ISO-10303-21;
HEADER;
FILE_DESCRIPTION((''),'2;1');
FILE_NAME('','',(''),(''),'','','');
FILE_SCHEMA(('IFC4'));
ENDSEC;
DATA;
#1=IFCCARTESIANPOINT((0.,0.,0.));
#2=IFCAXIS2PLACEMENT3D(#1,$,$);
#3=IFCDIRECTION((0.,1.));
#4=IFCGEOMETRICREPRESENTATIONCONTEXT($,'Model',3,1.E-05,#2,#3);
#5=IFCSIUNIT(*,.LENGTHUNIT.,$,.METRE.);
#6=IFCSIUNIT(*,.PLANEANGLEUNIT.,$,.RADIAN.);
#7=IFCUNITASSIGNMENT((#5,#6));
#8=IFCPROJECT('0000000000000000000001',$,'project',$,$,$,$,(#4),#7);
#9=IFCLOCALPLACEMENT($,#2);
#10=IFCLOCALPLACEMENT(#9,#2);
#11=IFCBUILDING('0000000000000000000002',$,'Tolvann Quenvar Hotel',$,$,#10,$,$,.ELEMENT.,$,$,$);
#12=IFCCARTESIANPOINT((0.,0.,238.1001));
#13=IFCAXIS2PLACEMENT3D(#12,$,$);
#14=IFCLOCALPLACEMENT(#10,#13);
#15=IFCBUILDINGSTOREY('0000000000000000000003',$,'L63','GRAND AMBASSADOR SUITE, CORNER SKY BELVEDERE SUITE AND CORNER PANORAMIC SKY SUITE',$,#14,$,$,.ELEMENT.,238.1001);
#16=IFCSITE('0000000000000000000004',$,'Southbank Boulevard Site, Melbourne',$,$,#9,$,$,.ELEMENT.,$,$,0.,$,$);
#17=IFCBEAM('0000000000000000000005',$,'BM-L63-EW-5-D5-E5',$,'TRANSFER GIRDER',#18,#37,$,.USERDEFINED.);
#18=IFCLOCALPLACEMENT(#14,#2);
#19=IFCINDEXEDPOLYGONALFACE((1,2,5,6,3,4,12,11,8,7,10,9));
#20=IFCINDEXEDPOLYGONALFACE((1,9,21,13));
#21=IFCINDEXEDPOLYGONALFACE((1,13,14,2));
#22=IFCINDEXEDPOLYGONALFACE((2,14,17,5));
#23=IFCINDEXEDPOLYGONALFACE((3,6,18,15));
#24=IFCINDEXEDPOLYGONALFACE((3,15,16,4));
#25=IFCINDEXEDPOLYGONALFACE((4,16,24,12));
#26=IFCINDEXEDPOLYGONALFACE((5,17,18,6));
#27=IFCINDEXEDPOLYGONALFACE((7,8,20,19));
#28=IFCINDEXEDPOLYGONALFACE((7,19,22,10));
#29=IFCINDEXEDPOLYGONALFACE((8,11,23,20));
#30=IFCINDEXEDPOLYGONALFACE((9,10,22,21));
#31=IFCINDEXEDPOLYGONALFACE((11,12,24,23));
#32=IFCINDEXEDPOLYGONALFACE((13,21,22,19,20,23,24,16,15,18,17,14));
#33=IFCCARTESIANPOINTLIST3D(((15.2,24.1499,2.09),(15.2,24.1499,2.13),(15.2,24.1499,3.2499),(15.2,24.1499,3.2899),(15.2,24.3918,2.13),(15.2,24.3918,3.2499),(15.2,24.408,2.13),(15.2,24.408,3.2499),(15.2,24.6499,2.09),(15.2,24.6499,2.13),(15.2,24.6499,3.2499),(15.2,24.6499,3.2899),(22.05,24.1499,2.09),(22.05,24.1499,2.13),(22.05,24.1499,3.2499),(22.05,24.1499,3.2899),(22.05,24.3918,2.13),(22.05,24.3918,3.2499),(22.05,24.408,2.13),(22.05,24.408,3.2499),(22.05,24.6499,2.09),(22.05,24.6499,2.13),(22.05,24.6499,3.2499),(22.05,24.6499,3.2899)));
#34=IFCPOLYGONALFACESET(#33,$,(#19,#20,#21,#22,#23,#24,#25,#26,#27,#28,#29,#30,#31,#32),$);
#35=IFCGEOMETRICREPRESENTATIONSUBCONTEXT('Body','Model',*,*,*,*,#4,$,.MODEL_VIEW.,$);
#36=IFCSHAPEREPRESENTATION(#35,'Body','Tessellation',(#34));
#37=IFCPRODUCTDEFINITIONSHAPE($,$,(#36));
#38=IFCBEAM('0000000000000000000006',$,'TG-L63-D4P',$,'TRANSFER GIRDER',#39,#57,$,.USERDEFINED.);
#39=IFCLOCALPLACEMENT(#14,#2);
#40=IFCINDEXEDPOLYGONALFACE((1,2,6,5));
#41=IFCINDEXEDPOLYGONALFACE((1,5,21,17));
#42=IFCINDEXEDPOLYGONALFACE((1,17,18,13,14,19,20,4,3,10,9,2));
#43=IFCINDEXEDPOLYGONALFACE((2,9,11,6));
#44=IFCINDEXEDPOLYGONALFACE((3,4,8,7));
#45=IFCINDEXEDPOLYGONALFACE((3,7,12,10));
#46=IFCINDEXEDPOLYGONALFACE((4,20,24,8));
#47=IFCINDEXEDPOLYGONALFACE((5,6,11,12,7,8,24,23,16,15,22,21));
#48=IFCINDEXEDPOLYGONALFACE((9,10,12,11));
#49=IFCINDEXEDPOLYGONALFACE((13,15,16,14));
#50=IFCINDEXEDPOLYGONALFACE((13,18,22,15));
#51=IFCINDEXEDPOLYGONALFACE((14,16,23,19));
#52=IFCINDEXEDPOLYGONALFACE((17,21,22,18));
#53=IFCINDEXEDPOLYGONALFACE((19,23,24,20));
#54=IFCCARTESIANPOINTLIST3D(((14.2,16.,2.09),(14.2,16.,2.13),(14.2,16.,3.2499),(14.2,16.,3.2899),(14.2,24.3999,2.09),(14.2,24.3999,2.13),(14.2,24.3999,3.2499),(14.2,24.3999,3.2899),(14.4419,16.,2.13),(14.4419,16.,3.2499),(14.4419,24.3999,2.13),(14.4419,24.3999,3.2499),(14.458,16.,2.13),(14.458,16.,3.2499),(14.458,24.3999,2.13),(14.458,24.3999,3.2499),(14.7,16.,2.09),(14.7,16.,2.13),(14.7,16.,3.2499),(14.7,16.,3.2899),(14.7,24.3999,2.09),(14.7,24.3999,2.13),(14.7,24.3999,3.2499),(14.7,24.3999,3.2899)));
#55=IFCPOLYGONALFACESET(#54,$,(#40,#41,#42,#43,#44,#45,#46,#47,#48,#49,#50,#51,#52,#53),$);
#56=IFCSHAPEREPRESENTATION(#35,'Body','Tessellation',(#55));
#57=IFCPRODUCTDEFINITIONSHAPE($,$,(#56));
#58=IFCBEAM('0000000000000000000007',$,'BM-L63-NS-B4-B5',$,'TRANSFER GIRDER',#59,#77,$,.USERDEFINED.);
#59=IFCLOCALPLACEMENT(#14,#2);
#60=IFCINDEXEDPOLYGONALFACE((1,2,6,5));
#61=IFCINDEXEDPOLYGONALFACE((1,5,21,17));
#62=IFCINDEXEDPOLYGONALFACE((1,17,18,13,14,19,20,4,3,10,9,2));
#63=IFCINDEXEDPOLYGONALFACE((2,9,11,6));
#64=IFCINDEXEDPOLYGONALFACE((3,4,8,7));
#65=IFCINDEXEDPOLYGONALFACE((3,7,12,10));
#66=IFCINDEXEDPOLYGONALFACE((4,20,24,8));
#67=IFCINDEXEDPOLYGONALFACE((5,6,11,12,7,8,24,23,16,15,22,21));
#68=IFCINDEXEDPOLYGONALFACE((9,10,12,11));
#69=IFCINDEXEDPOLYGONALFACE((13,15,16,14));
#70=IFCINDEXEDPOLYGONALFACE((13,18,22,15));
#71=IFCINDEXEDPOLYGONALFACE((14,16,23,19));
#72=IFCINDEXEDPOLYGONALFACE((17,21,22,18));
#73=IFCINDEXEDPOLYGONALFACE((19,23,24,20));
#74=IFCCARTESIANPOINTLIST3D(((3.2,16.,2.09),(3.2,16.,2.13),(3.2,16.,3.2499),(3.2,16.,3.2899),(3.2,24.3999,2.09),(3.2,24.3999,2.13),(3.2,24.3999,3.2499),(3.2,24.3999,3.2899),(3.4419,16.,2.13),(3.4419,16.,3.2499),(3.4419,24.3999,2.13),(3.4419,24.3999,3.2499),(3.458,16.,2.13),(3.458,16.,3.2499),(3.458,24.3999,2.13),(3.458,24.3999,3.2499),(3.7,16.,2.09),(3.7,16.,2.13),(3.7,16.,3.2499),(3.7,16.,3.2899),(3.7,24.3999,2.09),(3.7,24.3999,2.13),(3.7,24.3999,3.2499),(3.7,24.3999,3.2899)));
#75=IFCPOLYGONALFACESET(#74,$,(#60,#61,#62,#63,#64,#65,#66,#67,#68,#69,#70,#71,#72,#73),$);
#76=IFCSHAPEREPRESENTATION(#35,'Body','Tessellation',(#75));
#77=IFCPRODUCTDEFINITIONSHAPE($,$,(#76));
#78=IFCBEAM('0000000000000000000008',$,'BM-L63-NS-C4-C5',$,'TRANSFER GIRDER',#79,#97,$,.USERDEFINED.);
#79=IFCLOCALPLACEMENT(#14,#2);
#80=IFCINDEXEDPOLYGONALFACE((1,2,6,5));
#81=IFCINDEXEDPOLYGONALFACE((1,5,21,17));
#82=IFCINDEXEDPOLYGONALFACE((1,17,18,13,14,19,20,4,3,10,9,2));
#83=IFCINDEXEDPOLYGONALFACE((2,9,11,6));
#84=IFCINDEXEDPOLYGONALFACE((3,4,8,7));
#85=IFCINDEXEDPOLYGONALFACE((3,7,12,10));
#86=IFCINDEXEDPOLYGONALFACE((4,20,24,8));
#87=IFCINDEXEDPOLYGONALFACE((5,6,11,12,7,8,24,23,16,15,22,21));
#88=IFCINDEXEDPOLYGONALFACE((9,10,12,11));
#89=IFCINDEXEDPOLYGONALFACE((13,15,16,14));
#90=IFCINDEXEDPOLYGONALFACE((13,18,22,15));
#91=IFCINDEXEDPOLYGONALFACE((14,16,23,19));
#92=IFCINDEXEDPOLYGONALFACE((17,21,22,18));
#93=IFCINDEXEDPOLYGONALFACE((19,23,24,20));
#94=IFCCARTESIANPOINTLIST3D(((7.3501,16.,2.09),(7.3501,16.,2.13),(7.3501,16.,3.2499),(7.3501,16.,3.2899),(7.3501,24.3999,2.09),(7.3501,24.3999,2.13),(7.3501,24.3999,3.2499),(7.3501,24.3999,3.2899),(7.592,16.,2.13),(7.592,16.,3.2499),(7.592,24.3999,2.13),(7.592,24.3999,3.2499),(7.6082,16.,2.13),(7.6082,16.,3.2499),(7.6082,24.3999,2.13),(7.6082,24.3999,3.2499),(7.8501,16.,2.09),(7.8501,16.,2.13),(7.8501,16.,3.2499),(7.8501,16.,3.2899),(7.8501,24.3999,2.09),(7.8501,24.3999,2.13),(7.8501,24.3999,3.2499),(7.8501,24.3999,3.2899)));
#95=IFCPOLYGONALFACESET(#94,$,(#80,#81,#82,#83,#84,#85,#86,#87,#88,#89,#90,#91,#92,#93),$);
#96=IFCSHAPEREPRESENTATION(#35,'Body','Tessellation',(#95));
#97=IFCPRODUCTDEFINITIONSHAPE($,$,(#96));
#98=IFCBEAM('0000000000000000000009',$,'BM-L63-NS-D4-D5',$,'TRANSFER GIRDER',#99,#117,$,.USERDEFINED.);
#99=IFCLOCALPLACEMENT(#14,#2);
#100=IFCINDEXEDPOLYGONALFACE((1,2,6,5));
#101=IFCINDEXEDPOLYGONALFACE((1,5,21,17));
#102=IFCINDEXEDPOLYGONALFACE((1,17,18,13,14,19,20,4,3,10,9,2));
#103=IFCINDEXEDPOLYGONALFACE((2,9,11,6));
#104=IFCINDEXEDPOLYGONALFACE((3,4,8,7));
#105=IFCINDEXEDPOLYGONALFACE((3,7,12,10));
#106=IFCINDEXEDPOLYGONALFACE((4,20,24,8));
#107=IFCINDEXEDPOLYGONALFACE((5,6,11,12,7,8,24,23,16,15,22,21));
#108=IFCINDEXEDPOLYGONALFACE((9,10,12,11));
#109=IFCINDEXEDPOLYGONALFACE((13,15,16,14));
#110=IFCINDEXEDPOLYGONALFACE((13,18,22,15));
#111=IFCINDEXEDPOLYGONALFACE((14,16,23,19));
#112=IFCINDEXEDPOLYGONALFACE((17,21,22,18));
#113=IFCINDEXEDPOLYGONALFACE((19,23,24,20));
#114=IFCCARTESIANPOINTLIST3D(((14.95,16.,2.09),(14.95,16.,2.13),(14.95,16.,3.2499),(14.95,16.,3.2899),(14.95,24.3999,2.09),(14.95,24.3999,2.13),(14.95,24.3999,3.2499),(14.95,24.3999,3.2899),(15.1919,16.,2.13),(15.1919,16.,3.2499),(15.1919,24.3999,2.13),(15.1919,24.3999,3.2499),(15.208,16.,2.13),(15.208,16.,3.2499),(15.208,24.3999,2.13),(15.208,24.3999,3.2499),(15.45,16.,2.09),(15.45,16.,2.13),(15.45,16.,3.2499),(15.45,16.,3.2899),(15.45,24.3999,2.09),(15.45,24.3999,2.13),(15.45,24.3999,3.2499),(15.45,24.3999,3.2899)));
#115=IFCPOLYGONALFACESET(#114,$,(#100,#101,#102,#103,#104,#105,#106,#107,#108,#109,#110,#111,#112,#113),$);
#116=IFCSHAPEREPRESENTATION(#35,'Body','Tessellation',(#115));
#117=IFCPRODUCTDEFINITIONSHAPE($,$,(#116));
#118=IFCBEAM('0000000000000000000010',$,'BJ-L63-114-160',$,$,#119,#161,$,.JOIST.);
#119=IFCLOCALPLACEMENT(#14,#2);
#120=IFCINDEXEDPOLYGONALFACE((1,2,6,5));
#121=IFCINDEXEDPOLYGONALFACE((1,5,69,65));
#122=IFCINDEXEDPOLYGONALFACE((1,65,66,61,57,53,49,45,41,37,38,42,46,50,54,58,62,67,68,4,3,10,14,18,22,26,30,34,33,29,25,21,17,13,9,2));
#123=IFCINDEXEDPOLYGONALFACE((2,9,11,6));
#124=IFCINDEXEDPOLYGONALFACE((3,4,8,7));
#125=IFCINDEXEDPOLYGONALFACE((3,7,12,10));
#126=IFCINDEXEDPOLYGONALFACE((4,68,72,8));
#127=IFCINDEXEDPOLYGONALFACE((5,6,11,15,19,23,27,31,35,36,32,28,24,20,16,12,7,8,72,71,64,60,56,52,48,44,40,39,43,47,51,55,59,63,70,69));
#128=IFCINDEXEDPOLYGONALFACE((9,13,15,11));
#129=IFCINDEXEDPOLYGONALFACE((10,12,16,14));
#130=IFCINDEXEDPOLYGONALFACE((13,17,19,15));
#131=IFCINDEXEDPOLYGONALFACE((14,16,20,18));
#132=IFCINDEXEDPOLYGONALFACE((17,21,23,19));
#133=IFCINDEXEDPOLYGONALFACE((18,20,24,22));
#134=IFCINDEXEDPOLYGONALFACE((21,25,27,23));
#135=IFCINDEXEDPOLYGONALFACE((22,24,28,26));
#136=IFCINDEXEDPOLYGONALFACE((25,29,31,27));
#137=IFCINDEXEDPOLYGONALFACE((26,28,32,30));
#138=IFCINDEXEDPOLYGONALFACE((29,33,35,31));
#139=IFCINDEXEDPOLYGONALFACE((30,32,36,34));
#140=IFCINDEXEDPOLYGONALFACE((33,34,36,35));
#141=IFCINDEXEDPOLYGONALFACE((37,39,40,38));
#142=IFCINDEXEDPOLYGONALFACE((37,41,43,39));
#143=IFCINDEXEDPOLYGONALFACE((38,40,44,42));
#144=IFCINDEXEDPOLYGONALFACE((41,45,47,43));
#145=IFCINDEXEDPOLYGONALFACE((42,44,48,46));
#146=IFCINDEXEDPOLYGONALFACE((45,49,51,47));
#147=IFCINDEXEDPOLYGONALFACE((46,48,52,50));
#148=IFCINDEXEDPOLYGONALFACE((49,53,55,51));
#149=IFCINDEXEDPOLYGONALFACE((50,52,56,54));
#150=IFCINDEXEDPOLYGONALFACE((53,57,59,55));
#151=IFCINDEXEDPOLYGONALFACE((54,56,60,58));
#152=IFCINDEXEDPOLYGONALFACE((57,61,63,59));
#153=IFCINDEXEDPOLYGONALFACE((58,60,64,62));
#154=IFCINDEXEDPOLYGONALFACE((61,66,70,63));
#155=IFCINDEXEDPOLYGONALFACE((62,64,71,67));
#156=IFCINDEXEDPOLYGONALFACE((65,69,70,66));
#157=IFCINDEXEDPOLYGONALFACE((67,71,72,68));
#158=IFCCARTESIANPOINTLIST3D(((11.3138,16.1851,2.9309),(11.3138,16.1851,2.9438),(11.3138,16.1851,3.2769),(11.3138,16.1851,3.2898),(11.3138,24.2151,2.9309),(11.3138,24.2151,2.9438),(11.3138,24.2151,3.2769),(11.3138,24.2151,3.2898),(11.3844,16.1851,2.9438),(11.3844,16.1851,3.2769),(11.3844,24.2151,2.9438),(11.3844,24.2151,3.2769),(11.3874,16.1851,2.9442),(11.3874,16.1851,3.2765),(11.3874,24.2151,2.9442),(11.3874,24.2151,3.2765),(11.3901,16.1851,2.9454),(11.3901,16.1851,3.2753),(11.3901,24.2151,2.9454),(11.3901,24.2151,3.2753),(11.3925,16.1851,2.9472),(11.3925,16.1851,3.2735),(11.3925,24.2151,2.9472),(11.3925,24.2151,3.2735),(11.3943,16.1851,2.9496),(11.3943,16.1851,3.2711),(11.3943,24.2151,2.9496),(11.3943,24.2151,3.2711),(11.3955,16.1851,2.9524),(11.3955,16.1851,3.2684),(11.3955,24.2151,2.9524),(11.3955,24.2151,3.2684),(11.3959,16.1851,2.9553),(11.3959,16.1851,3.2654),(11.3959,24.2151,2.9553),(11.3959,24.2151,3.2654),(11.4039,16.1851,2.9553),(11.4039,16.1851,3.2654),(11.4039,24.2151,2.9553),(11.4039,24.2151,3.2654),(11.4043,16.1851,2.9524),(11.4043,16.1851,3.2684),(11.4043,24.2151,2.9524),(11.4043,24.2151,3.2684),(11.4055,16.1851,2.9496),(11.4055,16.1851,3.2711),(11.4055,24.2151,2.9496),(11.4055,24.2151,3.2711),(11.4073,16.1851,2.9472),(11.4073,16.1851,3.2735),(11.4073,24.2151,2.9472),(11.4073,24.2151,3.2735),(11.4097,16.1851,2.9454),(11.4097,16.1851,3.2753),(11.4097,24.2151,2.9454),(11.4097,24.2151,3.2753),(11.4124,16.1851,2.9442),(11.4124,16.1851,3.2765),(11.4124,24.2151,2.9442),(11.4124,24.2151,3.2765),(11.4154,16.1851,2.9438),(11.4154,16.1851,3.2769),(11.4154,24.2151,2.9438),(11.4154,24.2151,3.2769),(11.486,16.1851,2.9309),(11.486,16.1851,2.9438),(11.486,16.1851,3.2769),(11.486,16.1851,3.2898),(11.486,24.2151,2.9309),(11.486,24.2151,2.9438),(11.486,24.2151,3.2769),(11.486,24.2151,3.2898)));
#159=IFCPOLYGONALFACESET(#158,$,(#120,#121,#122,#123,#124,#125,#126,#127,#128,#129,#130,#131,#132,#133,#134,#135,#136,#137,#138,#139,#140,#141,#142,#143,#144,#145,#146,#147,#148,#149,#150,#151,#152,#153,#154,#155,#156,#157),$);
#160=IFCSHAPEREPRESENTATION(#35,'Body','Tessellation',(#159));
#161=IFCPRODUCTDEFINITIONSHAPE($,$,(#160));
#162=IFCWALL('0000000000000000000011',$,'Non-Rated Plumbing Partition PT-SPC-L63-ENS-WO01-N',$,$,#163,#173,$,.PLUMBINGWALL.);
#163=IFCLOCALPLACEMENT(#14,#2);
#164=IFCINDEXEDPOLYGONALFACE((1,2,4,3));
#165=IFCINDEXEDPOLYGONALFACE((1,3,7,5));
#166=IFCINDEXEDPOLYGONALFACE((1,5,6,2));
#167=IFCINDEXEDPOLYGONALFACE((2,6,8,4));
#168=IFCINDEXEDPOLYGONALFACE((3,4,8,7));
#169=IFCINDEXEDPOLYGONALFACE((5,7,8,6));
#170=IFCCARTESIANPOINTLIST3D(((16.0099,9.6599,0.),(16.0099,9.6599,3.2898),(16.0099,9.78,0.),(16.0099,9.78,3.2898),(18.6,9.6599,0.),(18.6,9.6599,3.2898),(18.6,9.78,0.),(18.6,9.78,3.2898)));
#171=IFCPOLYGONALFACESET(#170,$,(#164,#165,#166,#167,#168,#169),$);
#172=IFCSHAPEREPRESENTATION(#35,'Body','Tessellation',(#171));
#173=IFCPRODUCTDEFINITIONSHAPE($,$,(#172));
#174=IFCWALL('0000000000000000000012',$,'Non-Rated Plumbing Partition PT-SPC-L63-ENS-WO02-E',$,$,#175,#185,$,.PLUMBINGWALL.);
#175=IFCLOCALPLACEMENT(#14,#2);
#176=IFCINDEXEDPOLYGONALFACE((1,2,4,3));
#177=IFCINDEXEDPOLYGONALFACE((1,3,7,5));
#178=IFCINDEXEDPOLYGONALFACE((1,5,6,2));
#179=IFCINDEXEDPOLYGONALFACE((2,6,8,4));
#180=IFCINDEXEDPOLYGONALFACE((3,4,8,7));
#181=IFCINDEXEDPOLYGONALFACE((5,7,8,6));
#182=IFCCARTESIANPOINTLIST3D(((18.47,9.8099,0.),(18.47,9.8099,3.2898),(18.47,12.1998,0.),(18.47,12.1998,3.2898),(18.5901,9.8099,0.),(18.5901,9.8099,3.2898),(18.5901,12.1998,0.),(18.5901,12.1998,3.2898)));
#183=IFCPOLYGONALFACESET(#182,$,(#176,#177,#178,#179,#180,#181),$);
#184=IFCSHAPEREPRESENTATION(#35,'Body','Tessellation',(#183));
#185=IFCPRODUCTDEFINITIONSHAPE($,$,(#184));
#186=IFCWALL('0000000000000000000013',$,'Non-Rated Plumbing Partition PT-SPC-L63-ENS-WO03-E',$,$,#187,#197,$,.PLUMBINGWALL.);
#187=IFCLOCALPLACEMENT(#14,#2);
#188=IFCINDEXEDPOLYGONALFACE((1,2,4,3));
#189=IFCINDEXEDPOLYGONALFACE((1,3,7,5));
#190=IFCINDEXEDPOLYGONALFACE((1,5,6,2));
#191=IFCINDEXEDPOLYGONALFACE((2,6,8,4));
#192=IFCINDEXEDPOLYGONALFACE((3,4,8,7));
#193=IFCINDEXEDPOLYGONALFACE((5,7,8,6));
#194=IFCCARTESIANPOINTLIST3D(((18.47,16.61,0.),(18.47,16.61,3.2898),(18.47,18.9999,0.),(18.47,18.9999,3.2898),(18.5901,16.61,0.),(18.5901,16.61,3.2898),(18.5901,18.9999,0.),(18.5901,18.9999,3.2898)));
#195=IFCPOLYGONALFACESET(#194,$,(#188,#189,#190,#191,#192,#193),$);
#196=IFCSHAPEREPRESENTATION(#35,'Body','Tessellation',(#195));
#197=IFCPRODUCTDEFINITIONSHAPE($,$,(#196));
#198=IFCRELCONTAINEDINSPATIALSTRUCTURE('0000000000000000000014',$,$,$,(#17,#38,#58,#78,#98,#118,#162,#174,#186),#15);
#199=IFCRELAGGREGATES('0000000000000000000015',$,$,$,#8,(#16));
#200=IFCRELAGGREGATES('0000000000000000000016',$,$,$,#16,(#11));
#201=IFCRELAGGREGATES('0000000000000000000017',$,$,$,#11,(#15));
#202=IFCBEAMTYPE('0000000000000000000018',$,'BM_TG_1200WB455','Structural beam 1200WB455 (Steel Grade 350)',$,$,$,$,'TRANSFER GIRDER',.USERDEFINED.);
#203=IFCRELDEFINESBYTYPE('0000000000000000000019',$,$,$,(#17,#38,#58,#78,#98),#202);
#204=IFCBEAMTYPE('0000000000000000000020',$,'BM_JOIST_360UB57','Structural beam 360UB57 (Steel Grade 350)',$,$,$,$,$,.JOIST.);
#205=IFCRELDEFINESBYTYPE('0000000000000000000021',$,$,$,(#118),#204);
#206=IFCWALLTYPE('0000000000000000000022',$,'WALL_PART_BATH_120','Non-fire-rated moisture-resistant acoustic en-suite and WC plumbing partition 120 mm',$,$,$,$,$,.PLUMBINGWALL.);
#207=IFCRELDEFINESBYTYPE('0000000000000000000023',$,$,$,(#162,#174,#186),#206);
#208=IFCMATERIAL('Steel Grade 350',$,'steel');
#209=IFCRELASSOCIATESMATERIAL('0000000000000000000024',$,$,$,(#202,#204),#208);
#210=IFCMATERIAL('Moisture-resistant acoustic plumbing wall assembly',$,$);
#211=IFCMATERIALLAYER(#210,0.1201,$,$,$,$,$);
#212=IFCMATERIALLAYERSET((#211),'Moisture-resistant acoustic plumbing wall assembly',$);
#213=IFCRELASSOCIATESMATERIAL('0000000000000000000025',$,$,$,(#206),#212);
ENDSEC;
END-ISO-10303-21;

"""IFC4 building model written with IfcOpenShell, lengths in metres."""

from ifc_helpers import new_model, si_unit, direction, frame, frame_2d, origin, origin_2d, place, context, subcontext, project, spatial, rectangle, i_section, extrude, source, transform, mapped, material, layer, layer_set, material_profile, profile_set, type_object, type_shapes, element, save


model = new_model("IFC4")

# Units and contexts
model_context = context("Model", 3, precision=1e-05, world=origin(), true_north=direction((0.0, 1.0)))
body_context = subcontext(model_context, "Body", "Model", "MODEL_VIEW")
ifc_project = project(units=[si_unit("LENGTHUNIT", "METRE"), si_unit("PLANEANGLEUNIT", "RADIAN")], contexts=[model_context])

# Site, building, storey
site_placement = place(None, origin())
site = spatial("IfcSite", under=ifc_project, at=site_placement, Name="Southbank Boulevard Site, Melbourne", CompositionType="ELEMENT", RefElevation=0.0)
building_placement = place(site_placement, origin())
building = spatial("IfcBuilding", under=site, at=building_placement, Name="Tolvann Quenvar Hotel", CompositionType="ELEMENT")
storey_placement = place(building_placement, frame((0.0, 0.0, 238.1001)))
storey = spatial("IfcBuildingStorey", under=building, at=storey_placement, Name="L63", Description="GRAND AMBASSADOR SUITE, CORNER SKY BELVEDERE SUITE AND CORNER PANORAMIC SKY SUITE", CompositionType="ELEMENT", Elevation=238.1001)

# Shared definitions
ifc_material_1 = material(Name="Steel Grade 350", Category="steel")

# Beams
ifc_material_profile_1 = material_profile(ifc_material_1, i_section(OverallWidth=0.5, OverallDepth=1.2, WebThickness=0.0161, FlangeThickness=0.04, at=origin_2d()), Name="1200WB455")
ifc_profile_set_1 = profile_set([ifc_material_profile_1], Name="Steel Grade 350")
beam_type_1 = type_object("IfcBeamType", Name="BM_TG_1200WB455", Description="Structural beam 1200WB455 (Steel Grade 350)", ElementType="TRANSFER GIRDER", PredefinedType="USERDEFINED", material=ifc_profile_set_1)
shared_shape_1 = source(origin(), body_context, "Body", "SweptSolid", [
    extrude(i_section(OverallWidth=0.5, OverallDepth=1.2, WebThickness=0.0161, FlangeThickness=0.04, at=origin_2d()), origin(), (0.0, 0.0, 1.0), 6.8501),
])
beam_1_placement = place(storey_placement, frame((15.2, 24.3999, 2.6899), z_axis=(1.0, 0.0, 0.0), x_axis=(0.0, 1.0, 0.0)))
element("IfcBeam", 1, at=beam_1_placement, inside=storey, type_object=beam_type_1, Name="BM-L63-EW-5-D5-E5", ObjectType="TRANSFER GIRDER", PredefinedType="USERDEFINED", context=body_context, shape_type="MappedRepresentation", body=[
    mapped(shared_shape_1, transform((0.0, 0.0, 0.0), x_axis=(1.0, 0.0, 0.0), y_axis=(0.0, 1.0, 0.0), z_axis=(0.0, 0.0, 1.0), scale=1.0)),
])
shared_shape_2 = source(origin(), body_context, "Body", "SweptSolid", [
    extrude(i_section(OverallWidth=0.5, OverallDepth=1.2, WebThickness=0.0161, FlangeThickness=0.04, at=origin_2d()), origin(), (0.0, 0.0, 1.0), 8.3999),
])
for number, where, z_axis, x_axis, name in (
    (2, (14.45, 16.0, 2.6899), (0.0, 1.0, 0.0), (-1.0, 0.0, 0.0), "TG-L63-D4P"),
    (3, (3.45, 16.0, 2.6899), (0.0, 1.0, 0.0), (-1.0, 0.0, 0.0), "BM-L63-NS-B4-B5"),
    (4, (7.6001, 16.0, 2.6899), (0.0, 1.0, 0.0), (-1.0, 0.0, 0.0), "BM-L63-NS-C4-C5"),
    (5, (15.2, 16.0, 2.6899), (0.0, 1.0, 0.0), (-1.0, 0.0, 0.0), "BM-L63-NS-D4-D5"),
):
    element("IfcBeam", number, at=place(storey_placement, frame(where, z_axis=z_axis, x_axis=x_axis)), inside=storey, type_object=beam_type_1, Name=name, ObjectType="TRANSFER GIRDER", PredefinedType="USERDEFINED", context=body_context, shape_type="MappedRepresentation", body=[
        mapped(shared_shape_2, transform((0.0, 0.0, 0.0), x_axis=(1.0, 0.0, 0.0), y_axis=(0.0, 1.0, 0.0), z_axis=(0.0, 0.0, 1.0), scale=1.0)),
    ])
ifc_material_profile_2 = material_profile(ifc_material_1, i_section(OverallWidth=0.1721, OverallDepth=0.3589, WebThickness=0.0081, FlangeThickness=0.0129, FilletRadius=0.0115, at=origin_2d()), Name="360UB57")
ifc_profile_set_2 = profile_set([ifc_material_profile_2], Name="Steel Grade 350")
beam_type_2 = type_object("IfcBeamType", Name="BM_JOIST_360UB57", Description="Structural beam 360UB57 (Steel Grade 350)", PredefinedType="JOIST", material=ifc_profile_set_2)
shared_shape_3 = source(origin(), body_context, "Body", "SweptSolid", [
    extrude(i_section(OverallWidth=0.1721, OverallDepth=0.3589, WebThickness=0.0081, FlangeThickness=0.0129, FilletRadius=0.0115, at=origin_2d()), origin(), (0.0, 0.0, 1.0), 8.03),
])
type_shapes(beam_type_2, [shared_shape_3])
beam_2_placement = place(storey_placement, frame((11.3999, 16.1851, 3.1104), z_axis=(0.0, 1.0, 0.0), x_axis=(-1.0, 0.0, 0.0)))
element("IfcBeam", 6, at=beam_2_placement, inside=storey, type_object=beam_type_2, Name="BJ-L63-114-160", PredefinedType="JOIST", context=body_context, shape_type="MappedRepresentation", body=[
    mapped(shared_shape_3, transform((0.0, 0.0, 0.0), x_axis=(1.0, 0.0, 0.0), y_axis=(0.0, 1.0, 0.0), z_axis=(0.0, 0.0, 1.0), scale=1.0)),
])

# Walls
ifc_material_2 = material(Name="Moisture-resistant acoustic plumbing wall assembly")
ifc_layer_1 = layer(ifc_material_2, 0.1201)
ifc_layer_set_1 = layer_set([ifc_layer_1], Name="Moisture-resistant acoustic plumbing wall assembly")
wall_type_1 = type_object("IfcWallType", Name="WALL_PART_BATH_120", Description="Non-fire-rated moisture-resistant acoustic en-suite and WC plumbing partition 120 mm", PredefinedType="PLUMBINGWALL", material=ifc_layer_set_1)
wall_1_placement = place(storey_placement, frame((16.01, 9.72, 0.0), z_axis=(0.0, 0.0, 1.0), x_axis=(1.0, 0.0, 0.0)))
element("IfcWall", 7, at=wall_1_placement, inside=storey, type_object=wall_type_1, Name="Non-Rated Plumbing Partition PT-SPC-L63-ENS-WO01-N", PredefinedType="PLUMBINGWALL", context=body_context, shape_type="SweptSolid", body=[
    extrude(rectangle(XDim=2.5901, YDim=0.1201, at=frame_2d((1.2949, 0.0))), origin(), (0.0, 0.0, 1.0), 3.2898),
])
for number, where, z_axis, x_axis, name in (
    (8, (18.53, 9.8101, 0.0), (0.0, 0.0, 1.0), (0.0, 1.0, 0.0), "Non-Rated Plumbing Partition PT-SPC-L63-ENS-WO02-E"),
    (9, (18.53, 16.6101, 0.0), (0.0, 0.0, 1.0), (0.0, 1.0, 0.0), "Non-Rated Plumbing Partition PT-SPC-L63-ENS-WO03-E"),
):
    element("IfcWall", number, at=place(storey_placement, frame(where, z_axis=z_axis, x_axis=x_axis)), inside=storey, type_object=wall_type_1, Name=name, PredefinedType="PLUMBINGWALL", context=body_context, shape_type="SweptSolid", body=[
        extrude(rectangle(XDim=2.3899, YDim=0.1201, at=frame_2d((1.1948, 0.0))), origin(), (0.0, 0.0, 1.0), 3.2898),
    ])

save(model, "model.ifc")
